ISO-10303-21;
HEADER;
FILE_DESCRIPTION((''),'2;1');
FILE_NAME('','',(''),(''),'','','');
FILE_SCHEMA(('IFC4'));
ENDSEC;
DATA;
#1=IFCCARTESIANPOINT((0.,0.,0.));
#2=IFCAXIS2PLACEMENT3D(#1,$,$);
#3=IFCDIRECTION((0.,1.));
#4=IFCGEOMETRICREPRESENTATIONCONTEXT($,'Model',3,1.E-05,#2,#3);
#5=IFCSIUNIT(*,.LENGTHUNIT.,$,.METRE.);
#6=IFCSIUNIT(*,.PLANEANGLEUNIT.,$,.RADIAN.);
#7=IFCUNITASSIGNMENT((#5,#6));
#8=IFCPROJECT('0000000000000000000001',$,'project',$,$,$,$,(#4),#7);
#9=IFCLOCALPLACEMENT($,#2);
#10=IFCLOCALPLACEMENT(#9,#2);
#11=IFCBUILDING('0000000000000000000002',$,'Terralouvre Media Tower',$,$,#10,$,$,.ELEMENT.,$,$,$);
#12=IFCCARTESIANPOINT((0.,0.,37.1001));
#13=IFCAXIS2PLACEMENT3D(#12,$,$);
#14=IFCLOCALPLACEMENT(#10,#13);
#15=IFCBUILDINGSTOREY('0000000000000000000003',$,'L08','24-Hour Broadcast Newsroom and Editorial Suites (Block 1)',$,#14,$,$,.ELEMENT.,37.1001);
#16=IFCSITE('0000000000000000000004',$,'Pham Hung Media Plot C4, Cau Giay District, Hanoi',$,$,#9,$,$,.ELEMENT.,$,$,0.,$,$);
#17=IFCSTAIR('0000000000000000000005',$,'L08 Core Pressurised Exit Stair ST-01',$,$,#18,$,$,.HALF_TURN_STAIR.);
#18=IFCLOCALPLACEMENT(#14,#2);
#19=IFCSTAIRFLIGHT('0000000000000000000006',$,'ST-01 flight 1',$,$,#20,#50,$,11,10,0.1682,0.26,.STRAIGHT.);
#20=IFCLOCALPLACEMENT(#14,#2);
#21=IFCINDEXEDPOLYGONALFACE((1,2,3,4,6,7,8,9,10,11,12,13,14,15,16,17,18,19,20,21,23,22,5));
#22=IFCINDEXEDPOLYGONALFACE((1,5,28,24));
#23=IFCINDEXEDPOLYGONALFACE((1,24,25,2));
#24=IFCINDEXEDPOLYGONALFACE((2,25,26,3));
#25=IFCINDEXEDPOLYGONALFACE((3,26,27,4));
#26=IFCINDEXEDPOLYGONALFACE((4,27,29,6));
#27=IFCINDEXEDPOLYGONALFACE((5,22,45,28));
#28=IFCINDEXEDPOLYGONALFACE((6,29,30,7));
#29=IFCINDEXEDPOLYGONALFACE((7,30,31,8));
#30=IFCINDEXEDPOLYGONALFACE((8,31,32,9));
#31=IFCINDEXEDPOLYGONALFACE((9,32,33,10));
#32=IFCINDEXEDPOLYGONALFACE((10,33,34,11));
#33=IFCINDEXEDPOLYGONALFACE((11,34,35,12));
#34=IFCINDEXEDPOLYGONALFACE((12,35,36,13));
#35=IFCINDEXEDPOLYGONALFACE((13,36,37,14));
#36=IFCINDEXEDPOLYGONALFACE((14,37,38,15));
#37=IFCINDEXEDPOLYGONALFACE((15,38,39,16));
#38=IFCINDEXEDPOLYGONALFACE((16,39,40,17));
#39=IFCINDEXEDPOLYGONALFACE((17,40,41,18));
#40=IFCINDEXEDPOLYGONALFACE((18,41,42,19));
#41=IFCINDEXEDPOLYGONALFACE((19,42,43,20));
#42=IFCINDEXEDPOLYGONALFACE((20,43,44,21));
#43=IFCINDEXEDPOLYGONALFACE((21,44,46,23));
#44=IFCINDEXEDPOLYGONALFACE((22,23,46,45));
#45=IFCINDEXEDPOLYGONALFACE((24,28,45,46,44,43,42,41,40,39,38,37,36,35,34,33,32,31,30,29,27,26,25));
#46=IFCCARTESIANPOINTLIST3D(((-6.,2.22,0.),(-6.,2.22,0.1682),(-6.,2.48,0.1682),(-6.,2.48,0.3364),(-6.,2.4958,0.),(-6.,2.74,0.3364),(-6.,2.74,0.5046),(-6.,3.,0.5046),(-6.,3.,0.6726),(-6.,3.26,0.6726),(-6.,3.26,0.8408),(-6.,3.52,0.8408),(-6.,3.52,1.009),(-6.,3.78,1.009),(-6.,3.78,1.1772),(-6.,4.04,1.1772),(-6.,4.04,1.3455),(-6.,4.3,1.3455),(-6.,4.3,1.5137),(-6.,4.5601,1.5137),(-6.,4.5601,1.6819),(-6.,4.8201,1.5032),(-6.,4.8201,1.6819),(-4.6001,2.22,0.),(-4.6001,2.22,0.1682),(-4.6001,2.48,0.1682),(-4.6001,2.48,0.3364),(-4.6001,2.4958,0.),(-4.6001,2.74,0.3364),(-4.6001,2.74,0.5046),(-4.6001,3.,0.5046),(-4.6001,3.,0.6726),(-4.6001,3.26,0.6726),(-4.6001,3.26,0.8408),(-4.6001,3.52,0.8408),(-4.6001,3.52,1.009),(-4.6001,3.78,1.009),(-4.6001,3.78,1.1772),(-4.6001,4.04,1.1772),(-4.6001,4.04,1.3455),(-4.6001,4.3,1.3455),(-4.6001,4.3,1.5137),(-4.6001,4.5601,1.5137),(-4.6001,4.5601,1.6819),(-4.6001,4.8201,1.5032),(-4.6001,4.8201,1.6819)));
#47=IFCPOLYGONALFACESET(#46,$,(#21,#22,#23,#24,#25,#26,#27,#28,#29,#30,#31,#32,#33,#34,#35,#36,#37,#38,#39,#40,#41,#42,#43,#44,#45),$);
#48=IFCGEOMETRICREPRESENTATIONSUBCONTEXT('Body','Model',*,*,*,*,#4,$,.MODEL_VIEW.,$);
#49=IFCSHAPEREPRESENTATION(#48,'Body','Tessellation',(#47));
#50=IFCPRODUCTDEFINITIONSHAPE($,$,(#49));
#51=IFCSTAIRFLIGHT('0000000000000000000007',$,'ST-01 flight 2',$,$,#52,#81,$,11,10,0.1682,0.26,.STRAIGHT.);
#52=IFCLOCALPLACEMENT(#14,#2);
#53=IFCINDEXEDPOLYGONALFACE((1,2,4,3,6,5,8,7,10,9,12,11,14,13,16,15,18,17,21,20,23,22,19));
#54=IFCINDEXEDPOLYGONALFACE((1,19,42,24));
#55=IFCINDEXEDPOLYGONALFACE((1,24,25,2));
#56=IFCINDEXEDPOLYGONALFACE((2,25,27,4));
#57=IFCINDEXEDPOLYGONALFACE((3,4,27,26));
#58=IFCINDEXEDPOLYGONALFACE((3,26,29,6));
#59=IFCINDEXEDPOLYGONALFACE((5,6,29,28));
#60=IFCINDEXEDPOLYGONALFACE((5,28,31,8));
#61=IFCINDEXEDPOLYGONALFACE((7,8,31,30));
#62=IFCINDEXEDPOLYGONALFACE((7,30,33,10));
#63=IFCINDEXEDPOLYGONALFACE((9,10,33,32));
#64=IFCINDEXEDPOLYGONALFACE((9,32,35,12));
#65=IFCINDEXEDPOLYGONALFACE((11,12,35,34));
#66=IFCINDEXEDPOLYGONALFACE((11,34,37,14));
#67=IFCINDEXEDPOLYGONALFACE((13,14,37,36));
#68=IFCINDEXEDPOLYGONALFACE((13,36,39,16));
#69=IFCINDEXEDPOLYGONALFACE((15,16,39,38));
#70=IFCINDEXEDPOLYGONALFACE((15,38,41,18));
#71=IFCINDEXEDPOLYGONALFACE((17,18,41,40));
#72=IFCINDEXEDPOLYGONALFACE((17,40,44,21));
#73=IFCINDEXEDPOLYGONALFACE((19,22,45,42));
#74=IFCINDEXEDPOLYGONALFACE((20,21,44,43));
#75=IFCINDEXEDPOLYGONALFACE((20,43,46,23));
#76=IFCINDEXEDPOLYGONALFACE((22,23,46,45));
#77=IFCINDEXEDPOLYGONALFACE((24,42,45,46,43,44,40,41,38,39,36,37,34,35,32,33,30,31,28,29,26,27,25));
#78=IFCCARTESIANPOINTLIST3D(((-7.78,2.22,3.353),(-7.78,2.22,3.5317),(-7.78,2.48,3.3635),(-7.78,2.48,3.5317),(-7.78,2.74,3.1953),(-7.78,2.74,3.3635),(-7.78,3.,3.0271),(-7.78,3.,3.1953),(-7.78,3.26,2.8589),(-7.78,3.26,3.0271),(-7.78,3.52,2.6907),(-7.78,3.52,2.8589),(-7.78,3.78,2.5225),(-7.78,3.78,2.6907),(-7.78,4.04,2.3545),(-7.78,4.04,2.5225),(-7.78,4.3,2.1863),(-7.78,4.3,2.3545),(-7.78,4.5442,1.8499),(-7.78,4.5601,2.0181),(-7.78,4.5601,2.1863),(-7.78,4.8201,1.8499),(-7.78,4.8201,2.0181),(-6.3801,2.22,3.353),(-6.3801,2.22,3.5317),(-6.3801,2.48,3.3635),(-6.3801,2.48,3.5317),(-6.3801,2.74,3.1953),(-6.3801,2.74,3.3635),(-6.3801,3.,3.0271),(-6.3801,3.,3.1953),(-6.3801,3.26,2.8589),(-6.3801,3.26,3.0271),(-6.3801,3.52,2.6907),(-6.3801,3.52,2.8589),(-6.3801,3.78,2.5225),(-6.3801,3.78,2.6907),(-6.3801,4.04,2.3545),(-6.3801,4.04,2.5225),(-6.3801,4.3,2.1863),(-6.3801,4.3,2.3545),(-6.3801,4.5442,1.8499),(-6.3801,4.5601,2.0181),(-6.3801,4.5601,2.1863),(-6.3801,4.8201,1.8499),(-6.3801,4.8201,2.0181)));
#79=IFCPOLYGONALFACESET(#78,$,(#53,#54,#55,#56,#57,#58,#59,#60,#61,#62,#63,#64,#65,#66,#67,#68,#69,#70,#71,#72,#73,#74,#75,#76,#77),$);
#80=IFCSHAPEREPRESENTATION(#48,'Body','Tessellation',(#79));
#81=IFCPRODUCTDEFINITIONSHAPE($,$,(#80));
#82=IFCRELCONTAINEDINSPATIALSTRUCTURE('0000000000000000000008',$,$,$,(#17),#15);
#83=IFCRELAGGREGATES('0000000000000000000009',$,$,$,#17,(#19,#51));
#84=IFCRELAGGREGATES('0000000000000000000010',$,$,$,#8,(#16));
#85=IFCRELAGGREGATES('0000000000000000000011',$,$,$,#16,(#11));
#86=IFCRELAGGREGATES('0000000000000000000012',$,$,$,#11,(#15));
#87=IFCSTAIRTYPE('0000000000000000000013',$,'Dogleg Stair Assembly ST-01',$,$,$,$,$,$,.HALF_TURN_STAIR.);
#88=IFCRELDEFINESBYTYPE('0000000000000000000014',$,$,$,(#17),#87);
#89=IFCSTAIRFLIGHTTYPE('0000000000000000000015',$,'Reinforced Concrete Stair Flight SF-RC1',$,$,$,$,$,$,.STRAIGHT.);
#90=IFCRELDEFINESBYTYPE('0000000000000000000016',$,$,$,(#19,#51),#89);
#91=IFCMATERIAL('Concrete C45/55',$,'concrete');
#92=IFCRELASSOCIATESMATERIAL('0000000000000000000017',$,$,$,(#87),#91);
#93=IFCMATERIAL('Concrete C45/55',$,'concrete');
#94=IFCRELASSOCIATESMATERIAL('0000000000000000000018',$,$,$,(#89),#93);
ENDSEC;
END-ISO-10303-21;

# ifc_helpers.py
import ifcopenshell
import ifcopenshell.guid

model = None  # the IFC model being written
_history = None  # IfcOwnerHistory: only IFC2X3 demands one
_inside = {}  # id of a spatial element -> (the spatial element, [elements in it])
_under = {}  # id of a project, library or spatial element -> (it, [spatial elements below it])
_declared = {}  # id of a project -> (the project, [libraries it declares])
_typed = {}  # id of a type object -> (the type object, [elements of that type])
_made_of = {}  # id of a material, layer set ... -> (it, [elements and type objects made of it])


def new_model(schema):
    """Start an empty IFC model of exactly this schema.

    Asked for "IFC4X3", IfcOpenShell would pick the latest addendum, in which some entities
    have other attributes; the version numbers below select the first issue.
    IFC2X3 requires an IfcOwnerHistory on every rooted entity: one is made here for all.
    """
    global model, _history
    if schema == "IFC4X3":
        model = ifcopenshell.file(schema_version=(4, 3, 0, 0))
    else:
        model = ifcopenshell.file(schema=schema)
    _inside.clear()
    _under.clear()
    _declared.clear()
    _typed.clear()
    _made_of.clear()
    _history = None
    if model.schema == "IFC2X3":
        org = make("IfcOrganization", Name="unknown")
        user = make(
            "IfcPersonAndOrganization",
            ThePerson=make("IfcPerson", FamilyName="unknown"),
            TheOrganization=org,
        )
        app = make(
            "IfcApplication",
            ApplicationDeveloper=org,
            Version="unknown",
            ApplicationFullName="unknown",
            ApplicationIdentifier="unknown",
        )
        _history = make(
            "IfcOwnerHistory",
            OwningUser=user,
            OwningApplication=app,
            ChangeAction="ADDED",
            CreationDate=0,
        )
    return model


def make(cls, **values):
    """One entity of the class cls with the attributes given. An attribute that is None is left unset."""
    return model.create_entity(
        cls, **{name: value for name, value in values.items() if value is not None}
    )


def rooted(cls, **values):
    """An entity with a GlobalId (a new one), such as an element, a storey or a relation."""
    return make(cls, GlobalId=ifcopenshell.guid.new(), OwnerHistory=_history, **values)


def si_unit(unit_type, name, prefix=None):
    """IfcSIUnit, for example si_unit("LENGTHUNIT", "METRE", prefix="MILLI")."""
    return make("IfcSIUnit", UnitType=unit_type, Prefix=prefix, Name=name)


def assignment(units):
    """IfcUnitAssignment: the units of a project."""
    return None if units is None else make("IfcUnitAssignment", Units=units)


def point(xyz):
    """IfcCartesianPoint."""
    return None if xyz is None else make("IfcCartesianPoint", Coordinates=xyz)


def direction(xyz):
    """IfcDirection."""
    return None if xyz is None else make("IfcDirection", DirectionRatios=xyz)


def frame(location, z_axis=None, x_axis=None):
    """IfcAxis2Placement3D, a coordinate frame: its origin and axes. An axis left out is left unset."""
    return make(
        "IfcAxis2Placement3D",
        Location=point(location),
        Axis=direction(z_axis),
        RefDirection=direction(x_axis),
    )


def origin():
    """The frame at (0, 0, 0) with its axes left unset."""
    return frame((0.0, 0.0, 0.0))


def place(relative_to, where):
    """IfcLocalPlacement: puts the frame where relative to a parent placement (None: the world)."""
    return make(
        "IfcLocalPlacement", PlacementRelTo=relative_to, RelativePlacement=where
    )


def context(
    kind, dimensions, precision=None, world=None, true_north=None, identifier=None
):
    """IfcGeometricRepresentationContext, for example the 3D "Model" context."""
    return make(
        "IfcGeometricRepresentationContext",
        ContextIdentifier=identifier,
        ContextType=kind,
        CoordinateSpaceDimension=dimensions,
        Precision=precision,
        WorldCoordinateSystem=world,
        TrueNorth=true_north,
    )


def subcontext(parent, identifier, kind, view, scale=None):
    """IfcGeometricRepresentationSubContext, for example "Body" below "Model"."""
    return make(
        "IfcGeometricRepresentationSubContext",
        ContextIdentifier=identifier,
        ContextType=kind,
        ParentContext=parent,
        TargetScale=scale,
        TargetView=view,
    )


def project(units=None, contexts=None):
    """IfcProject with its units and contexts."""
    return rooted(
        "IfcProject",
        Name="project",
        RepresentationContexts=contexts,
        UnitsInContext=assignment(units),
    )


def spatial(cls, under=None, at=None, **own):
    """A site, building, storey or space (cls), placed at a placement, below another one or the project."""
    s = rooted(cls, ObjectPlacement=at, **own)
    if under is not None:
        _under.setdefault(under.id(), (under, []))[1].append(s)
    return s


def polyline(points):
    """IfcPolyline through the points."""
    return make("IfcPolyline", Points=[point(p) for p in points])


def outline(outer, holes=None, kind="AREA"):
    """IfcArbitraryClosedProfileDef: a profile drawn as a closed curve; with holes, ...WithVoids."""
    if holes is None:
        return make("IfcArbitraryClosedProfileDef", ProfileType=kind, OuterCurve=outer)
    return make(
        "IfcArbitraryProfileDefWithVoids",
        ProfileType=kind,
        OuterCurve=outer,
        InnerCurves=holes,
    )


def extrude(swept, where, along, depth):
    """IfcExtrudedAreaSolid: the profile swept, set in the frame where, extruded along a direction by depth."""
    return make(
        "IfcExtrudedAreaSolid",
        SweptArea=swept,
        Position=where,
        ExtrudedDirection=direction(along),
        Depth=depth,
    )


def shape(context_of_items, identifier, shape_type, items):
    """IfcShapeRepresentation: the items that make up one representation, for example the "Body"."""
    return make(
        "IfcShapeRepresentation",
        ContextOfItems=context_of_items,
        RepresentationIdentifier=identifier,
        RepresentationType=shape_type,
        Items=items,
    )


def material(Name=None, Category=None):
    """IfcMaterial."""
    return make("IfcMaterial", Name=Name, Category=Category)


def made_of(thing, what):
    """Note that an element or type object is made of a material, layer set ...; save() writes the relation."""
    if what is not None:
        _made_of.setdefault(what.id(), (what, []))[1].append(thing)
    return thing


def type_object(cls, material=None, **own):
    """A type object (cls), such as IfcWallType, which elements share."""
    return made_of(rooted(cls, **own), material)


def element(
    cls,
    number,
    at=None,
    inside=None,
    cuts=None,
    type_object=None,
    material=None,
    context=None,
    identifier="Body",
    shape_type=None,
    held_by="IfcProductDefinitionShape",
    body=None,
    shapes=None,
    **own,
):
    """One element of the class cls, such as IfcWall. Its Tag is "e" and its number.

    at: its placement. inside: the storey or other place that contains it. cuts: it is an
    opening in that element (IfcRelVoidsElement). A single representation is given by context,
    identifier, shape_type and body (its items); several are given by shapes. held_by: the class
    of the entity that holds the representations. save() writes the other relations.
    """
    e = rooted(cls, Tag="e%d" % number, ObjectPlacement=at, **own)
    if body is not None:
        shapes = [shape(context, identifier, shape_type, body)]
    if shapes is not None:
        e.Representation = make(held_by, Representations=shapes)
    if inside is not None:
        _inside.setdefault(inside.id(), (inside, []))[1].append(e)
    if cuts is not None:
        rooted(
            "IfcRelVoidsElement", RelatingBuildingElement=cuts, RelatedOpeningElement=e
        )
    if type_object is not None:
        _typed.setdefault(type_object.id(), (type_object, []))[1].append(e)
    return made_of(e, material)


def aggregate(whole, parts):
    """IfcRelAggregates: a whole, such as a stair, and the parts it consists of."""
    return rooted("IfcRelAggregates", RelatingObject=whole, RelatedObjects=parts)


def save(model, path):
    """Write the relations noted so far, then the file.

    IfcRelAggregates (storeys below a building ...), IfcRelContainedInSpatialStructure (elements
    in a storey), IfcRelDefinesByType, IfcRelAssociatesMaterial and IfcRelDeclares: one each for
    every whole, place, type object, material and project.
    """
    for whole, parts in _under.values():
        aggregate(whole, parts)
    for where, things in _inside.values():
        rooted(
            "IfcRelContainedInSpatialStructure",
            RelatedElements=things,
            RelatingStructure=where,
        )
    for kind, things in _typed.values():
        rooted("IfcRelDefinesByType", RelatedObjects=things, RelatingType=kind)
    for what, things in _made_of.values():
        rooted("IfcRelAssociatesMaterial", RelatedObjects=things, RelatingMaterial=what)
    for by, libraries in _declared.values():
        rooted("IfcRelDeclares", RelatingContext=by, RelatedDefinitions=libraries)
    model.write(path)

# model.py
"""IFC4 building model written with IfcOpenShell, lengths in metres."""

from ifc_helpers import new_model, si_unit, direction, frame, origin, place, context, subcontext, project, spatial, polyline, outline, extrude, material, type_object, element, aggregate, save


model = new_model("IFC4")

# Units and contexts
model_context = context("Model", 3, precision=1e-05, world=origin(), true_north=direction((0.0, 1.0)))
body_context = subcontext(model_context, "Body", "Model", "MODEL_VIEW")
ifc_project = project(units=[si_unit("LENGTHUNIT", "METRE"), si_unit("PLANEANGLEUNIT", "RADIAN")], contexts=[model_context])

# Site, building, storey
site_placement = place(None, origin())
site = spatial("IfcSite", under=ifc_project, at=site_placement, Name="Pham Hung Media Plot C4, Cau Giay District, Hanoi", CompositionType="ELEMENT", RefElevation=0.0)
building_placement = place(site_placement, origin())
building = spatial("IfcBuilding", under=site, at=building_placement, Name="Terralouvre Media Tower", CompositionType="ELEMENT")
storey_placement = place(building_placement, frame((0.0, 0.0, 37.1001)))
storey = spatial("IfcBuildingStorey", under=building, at=storey_placement, Name="L08", Description="24-Hour Broadcast Newsroom and Editorial Suites (Block 1)", CompositionType="ELEMENT", Elevation=37.1001)

# Stair, stair flights
ifc_material_1 = material(Name="Concrete C45/55", Category="concrete")
stair_type = type_object("IfcStairType", Name="Dogleg Stair Assembly ST-01", PredefinedType="HALF_TURN_STAIR", material=ifc_material_1)
stair_placement = place(storey_placement, origin())
stair = element("IfcStair", 1, at=stair_placement, inside=storey, type_object=stair_type, Name="L08 Core Pressurised Exit Stair ST-01", PredefinedType="HALF_TURN_STAIR")
ifc_material_2 = material(Name="Concrete C45/55", Category="concrete")
stair_flight_type = type_object("IfcStairFlightType", Name="Reinforced Concrete Stair Flight SF-RC1", PredefinedType="STRAIGHT", material=ifc_material_2)
stair_flight_1_placement = place(storey_placement, frame((-5.3, 2.22, 0.0), z_axis=(0.0, 0.0, 1.0), x_axis=(0.0, 1.0, 0.0)))
stair_flight_1 = element("IfcStairFlight", 2, at=stair_flight_1_placement, type_object=stair_flight_type, Name="ST-01 flight 1", NumberOfRisers=11, NumberOfTreads=10, PredefinedType="STRAIGHT", RiserHeight=0.1682, TreadLength=0.26, context=body_context, shape_type="SweptSolid", body=[
    extrude(outline(polyline([(0.0, 0.0), (0.0, 0.1682), (0.26, 0.1682), (0.26, 0.3364), (0.52, 0.3364), (0.52, 0.5046), (0.78, 0.5046), (0.78, 0.6726), (1.04, 0.6726), (1.04, 0.8408), (1.3, 0.8408), (1.3, 1.009), (1.5601, 1.009), (1.5601, 1.1772), (1.8201, 1.1772), (1.8201, 1.3455), (2.0801, 1.3455), (2.0801, 1.5137), (2.3401, 1.5137), (2.3401, 1.6819), (2.6001, 1.6819), (2.6001, 1.8501), (2.6001, 1.5032), (0.2759, 0.0), (0.0, 0.0)])), frame((0.0, 0.7, 0.0), z_axis=(0.0, -1.0, 0.0), x_axis=(1.0, 0.0, 0.0)), (0.0, 0.0, 1.0), 1.3999),
])
stair_flight_2_placement = place(storey_placement, frame((-7.0801, 4.8201, 1.8499), z_axis=(0.0, 0.0, 1.0), x_axis=(0.0, -1.0, 0.0)))
stair_flight_2 = element("IfcStairFlight", 3, at=stair_flight_2_placement, type_object=stair_flight_type, Name="ST-01 flight 2", NumberOfRisers=11, NumberOfTreads=10, PredefinedType="STRAIGHT", RiserHeight=0.1682, TreadLength=0.26, context=body_context, shape_type="SweptSolid", body=[
    extrude(outline(polyline([(0.0, 0.0), (0.0, 0.1682), (0.26, 0.1682), (0.26, 0.3364), (0.52, 0.3364), (0.52, 0.5046), (0.78, 0.5046), (0.78, 0.6726), (1.04, 0.6726), (1.04, 0.8408), (1.3, 0.8408), (1.3, 1.009), (1.5601, 1.009), (1.5601, 1.1772), (1.8201, 1.1772), (1.8201, 1.3455), (2.0801, 1.3455), (2.0801, 1.5137), (2.3401, 1.5137), (2.3401, 1.6819), (2.6001, 1.6819), (2.6001, 1.8501), (2.6001, 1.5032), (0.2759, 0.0), (0.0, 0.0)])), frame((0.0, 0.7, 0.0), z_axis=(0.0, -1.0, 0.0), x_axis=(1.0, 0.0, 0.0)), (0.0, 0.0, 1.0), 1.3999),
])
aggregate(stair, [stair_flight_1, stair_flight_2])

save(model, "model.ifc")
